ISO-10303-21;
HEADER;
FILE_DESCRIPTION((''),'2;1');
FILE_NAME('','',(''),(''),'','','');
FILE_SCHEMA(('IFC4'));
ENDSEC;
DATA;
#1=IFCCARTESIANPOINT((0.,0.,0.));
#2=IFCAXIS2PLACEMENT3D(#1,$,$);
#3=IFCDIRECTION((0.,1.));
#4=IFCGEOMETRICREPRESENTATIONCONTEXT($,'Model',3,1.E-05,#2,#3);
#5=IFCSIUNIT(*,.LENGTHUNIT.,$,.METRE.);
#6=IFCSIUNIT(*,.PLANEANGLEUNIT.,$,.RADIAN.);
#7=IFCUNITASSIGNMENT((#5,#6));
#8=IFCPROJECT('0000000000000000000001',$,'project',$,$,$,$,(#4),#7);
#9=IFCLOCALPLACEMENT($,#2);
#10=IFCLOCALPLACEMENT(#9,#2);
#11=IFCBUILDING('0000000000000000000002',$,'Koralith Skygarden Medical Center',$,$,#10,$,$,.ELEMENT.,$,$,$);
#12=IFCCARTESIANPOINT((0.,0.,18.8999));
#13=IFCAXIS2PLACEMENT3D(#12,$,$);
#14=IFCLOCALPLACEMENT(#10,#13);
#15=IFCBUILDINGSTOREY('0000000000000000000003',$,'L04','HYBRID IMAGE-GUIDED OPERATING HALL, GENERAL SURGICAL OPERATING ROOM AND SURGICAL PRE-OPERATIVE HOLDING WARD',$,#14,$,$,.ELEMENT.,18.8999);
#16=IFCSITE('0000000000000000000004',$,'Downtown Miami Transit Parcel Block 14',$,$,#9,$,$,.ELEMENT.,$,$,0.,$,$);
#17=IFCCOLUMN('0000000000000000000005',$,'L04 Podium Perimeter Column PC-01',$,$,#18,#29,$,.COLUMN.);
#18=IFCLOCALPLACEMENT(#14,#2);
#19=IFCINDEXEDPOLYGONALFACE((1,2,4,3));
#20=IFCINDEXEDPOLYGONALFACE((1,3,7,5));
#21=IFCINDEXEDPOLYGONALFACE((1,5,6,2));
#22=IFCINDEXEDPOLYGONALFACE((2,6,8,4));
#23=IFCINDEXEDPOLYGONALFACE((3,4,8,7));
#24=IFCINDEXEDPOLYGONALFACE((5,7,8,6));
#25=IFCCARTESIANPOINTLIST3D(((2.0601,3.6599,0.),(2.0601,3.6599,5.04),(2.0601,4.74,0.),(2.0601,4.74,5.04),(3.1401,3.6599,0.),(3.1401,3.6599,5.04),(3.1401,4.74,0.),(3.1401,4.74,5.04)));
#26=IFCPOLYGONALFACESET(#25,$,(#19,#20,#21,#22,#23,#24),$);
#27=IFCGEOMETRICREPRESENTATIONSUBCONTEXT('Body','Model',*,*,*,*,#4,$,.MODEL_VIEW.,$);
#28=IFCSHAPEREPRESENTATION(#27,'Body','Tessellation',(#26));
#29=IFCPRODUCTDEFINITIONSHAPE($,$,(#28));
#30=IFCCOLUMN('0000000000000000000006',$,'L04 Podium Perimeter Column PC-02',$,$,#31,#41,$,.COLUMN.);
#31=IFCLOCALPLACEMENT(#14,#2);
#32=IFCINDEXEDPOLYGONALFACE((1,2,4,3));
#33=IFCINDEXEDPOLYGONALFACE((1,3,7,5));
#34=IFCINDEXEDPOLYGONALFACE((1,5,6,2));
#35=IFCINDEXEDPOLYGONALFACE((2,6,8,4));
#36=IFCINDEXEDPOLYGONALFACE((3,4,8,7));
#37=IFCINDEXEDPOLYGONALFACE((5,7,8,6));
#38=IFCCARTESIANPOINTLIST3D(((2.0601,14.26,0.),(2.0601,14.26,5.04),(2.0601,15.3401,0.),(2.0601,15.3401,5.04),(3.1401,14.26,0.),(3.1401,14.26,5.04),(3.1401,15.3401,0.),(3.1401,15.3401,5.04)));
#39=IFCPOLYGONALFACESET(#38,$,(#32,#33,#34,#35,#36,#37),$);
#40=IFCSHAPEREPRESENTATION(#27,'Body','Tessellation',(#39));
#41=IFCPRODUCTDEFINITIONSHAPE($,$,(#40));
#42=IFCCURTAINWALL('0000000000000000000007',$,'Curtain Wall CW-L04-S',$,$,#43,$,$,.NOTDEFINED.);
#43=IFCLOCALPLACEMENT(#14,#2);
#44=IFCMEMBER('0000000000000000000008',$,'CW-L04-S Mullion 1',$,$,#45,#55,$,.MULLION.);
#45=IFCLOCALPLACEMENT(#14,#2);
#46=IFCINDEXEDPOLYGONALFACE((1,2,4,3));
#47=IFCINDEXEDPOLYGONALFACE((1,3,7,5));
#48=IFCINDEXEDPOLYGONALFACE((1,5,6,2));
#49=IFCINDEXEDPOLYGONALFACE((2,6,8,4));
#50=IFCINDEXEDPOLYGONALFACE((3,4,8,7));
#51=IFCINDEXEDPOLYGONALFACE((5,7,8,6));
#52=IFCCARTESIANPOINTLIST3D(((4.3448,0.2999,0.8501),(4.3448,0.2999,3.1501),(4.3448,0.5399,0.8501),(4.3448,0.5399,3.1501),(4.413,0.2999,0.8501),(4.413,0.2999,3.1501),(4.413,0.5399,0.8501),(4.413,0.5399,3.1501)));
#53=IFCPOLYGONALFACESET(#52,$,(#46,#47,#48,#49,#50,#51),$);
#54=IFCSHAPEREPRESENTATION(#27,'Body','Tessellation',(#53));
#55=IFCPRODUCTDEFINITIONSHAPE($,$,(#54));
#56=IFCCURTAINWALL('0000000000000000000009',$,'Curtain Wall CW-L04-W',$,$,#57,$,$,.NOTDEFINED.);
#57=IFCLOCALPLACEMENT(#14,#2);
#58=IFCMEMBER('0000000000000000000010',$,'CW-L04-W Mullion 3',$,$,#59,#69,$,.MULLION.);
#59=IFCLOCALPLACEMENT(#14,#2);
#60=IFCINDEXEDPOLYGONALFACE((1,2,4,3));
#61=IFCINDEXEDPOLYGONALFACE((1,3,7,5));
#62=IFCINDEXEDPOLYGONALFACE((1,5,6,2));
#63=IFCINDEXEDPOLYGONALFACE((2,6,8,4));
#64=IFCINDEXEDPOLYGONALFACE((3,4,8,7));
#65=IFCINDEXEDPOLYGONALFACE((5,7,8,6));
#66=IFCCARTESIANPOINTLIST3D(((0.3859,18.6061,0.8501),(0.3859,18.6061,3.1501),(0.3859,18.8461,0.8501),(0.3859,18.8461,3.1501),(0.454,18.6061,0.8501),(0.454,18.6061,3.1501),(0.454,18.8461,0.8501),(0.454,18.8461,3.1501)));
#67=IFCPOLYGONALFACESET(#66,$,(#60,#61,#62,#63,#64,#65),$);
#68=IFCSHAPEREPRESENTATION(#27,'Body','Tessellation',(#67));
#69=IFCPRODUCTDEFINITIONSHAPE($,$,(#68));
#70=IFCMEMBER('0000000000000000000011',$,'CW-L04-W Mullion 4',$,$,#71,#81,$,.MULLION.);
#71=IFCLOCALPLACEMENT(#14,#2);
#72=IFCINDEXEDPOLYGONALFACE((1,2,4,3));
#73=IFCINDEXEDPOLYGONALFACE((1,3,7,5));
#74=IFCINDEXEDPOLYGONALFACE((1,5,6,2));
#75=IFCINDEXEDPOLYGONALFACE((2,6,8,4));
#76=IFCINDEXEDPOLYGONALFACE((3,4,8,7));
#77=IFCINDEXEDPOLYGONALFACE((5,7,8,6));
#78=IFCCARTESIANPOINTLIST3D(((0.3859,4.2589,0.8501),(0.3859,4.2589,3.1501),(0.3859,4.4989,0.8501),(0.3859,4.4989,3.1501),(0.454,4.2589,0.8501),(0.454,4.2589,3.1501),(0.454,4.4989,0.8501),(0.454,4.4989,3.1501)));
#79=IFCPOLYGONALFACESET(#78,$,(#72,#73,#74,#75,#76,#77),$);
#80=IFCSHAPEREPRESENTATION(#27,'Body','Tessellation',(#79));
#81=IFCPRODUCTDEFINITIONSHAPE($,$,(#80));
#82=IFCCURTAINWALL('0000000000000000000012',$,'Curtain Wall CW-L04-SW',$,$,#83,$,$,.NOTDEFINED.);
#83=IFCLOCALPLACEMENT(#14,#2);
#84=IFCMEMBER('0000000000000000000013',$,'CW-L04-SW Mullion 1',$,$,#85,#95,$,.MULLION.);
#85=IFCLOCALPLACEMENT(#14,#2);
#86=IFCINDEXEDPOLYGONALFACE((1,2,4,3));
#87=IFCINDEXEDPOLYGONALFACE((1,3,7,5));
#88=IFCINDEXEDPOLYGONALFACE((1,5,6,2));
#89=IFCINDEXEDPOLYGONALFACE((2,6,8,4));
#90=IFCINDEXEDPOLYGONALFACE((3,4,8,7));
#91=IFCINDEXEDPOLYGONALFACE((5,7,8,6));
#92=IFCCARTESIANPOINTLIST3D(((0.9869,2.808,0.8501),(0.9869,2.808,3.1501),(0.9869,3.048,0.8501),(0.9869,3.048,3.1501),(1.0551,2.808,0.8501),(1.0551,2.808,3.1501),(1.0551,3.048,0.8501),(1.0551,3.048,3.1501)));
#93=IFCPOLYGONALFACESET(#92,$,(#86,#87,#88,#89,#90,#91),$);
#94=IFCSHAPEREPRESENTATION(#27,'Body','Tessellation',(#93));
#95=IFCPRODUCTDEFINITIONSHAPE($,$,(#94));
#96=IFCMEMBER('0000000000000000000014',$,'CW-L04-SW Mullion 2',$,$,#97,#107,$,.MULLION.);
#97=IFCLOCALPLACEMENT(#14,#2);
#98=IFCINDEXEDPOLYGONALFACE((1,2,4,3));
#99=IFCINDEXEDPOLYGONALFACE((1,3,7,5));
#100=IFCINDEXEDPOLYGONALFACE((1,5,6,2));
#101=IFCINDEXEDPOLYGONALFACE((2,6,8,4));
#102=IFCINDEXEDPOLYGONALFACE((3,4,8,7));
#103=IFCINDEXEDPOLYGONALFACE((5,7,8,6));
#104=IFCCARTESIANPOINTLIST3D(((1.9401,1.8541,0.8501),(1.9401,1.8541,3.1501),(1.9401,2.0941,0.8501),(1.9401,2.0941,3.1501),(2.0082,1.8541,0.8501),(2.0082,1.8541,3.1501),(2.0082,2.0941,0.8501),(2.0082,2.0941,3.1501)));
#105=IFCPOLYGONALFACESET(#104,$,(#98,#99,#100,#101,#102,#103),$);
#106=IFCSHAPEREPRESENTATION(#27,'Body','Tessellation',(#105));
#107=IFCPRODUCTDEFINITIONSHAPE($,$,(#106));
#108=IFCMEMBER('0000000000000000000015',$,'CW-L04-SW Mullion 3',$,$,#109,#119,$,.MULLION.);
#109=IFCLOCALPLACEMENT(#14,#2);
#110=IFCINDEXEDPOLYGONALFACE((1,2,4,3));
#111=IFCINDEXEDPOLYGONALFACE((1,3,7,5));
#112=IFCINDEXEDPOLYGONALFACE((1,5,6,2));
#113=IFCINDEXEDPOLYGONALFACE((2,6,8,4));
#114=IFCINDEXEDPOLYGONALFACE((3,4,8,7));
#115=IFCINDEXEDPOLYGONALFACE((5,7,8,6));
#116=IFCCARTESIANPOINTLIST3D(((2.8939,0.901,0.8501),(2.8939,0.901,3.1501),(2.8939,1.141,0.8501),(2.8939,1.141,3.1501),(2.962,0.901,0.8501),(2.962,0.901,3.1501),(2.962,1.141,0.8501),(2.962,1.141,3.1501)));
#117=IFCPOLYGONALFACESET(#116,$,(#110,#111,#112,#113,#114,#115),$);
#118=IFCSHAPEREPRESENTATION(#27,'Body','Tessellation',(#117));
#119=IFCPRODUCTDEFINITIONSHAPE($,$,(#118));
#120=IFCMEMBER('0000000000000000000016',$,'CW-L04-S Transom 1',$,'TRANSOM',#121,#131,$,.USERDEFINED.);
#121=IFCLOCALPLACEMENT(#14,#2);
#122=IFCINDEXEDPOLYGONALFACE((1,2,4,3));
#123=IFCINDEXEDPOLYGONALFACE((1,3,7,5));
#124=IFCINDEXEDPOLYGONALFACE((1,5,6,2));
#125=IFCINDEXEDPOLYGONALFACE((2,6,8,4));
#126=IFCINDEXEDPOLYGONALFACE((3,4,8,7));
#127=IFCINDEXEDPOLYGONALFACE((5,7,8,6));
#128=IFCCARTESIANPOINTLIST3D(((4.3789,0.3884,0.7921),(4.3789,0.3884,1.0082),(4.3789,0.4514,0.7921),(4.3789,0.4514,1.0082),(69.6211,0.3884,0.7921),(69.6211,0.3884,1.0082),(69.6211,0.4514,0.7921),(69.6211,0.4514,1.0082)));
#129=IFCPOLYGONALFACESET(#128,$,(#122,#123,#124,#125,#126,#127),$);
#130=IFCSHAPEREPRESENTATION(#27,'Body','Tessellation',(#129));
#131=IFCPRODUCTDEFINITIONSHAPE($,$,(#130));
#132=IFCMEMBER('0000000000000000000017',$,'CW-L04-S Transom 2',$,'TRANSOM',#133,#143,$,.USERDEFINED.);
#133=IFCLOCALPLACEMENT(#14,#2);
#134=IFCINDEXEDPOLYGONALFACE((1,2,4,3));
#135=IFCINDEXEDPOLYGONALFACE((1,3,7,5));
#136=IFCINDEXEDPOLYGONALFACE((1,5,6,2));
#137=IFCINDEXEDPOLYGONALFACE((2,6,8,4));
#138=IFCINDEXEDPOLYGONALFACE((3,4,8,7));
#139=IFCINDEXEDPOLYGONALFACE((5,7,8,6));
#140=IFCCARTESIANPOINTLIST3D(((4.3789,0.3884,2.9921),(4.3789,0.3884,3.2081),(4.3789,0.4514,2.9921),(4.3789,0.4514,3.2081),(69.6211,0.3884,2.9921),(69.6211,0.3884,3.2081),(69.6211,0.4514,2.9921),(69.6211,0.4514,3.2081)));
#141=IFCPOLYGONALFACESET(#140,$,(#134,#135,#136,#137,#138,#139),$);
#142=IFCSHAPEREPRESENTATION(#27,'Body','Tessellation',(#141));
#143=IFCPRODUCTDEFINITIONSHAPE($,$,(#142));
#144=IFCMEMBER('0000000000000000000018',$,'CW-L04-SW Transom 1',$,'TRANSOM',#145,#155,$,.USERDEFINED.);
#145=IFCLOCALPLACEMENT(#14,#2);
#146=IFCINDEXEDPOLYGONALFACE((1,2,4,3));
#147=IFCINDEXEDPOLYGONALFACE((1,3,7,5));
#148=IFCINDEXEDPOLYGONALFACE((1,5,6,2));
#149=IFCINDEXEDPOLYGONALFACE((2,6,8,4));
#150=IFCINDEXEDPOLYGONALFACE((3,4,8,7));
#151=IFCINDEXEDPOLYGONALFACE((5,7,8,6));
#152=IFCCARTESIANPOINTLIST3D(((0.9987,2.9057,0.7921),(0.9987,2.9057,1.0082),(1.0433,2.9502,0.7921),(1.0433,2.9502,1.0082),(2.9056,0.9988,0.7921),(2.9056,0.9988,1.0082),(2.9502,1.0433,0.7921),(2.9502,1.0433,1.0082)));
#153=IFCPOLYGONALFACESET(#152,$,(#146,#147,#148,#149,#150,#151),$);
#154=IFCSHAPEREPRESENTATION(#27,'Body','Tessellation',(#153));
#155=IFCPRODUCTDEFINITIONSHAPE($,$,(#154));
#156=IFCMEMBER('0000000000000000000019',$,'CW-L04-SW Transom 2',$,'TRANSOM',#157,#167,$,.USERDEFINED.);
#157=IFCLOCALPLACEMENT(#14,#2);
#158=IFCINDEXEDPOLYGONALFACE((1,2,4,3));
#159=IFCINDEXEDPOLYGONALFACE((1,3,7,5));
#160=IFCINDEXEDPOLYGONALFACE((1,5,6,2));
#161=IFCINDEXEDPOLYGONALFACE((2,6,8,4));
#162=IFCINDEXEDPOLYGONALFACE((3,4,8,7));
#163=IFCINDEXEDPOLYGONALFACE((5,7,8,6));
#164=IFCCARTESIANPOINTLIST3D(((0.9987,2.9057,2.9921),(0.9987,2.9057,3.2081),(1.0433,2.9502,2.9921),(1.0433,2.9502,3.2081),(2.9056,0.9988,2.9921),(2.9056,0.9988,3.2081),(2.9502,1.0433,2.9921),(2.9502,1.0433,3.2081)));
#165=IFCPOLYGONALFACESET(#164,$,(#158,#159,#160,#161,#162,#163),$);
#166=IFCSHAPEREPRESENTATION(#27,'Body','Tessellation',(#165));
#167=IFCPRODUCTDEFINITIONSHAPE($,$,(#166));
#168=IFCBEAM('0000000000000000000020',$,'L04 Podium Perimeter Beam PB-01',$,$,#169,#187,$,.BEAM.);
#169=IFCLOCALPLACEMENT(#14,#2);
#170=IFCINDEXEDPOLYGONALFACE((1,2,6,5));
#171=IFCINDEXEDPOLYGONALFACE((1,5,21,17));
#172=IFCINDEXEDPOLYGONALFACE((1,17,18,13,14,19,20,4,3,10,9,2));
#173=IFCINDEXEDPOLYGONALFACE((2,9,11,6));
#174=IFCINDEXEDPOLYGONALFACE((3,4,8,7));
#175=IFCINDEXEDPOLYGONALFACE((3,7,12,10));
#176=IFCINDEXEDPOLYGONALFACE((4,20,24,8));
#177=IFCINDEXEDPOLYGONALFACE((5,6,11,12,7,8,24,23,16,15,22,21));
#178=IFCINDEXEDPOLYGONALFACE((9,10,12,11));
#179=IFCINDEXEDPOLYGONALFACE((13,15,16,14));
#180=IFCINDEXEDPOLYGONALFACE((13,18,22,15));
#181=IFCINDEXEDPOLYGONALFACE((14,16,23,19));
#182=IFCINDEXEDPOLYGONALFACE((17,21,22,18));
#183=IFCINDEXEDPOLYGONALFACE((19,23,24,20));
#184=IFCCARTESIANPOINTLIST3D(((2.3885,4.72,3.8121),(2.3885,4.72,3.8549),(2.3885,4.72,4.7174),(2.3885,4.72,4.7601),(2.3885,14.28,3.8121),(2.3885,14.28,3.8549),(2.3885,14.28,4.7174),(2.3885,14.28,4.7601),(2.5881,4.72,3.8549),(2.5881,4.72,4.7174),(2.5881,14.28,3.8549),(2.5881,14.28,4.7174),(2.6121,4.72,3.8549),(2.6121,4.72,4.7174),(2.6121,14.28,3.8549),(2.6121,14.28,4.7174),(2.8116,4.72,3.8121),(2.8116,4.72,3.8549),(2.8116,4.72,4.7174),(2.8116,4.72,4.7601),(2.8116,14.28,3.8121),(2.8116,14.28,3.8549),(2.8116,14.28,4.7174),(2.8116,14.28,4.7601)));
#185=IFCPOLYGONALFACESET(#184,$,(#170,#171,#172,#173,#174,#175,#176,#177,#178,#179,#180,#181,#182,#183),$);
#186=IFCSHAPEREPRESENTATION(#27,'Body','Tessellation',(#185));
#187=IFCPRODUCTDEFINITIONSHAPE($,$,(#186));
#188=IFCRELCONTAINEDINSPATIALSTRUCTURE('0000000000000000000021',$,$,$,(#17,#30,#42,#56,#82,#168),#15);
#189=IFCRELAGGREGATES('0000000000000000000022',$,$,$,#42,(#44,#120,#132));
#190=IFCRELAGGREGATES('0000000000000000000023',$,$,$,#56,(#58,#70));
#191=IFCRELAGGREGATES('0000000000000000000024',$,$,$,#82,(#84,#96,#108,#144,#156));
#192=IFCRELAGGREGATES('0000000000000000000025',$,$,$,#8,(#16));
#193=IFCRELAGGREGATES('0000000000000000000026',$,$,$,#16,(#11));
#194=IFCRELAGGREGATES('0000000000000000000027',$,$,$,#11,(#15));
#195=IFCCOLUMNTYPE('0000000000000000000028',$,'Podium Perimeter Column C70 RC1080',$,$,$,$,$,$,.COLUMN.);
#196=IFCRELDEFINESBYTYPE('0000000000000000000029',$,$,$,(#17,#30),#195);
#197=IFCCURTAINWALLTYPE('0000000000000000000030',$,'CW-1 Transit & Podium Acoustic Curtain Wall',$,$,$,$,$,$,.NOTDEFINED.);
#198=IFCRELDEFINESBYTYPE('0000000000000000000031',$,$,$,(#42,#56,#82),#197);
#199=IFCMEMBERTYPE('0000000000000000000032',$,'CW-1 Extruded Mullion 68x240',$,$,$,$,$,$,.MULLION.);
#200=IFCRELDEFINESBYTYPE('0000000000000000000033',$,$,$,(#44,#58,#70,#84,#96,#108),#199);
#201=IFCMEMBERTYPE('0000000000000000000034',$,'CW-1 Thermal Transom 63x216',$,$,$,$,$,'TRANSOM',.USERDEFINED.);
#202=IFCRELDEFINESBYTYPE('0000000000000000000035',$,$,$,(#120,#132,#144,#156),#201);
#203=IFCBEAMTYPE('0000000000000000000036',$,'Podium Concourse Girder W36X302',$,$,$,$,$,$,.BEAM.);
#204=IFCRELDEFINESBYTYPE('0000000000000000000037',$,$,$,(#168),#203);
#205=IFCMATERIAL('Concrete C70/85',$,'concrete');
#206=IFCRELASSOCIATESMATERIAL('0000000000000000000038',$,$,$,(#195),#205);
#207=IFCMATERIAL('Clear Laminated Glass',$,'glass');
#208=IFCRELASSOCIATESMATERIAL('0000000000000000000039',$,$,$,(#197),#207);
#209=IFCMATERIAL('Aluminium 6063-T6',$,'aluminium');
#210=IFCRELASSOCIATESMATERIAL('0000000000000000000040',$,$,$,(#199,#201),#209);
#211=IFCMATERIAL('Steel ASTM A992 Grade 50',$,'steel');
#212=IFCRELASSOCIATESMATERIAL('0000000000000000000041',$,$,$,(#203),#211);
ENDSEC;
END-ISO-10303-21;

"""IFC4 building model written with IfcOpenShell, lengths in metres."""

from ifc_helpers import new_model, si_unit, direction, frame, origin, origin_2d, place, context, subcontext, project, spatial, rectangle, i_section, extrude, material, material_profile, profile_set, type_object, element, aggregate, save


model = new_model("IFC4")

# Units and contexts
model_context = context("Model", 3, precision=1e-05, world=origin(), true_north=direction((0.0, 1.0)))
body_context = subcontext(model_context, "Body", "Model", "MODEL_VIEW")
ifc_project = project(units=[si_unit("LENGTHUNIT", "METRE"), si_unit("PLANEANGLEUNIT", "RADIAN")], contexts=[model_context])

# Site, building, storey
site_placement = place(None, origin())
site = spatial("IfcSite", under=ifc_project, at=site_placement, Name="Downtown Miami Transit Parcel Block 14", CompositionType="ELEMENT", RefElevation=0.0)
building_placement = place(site_placement, origin())
building = spatial("IfcBuilding", under=site, at=building_placement, Name="Koralith Skygarden Medical Center", CompositionType="ELEMENT")
storey_placement = place(building_placement, frame((0.0, 0.0, 18.8999)))
storey = spatial("IfcBuildingStorey", under=building, at=storey_placement, Name="L04", Description="HYBRID IMAGE-GUIDED OPERATING HALL, GENERAL SURGICAL OPERATING ROOM AND SURGICAL PRE-OPERATIVE HOLDING WARD", CompositionType="ELEMENT", Elevation=18.8999)

# Columns
ifc_material_1 = material(Name="Concrete C70/85", Category="concrete")
ifc_material_profile_1 = material_profile(ifc_material_1, rectangle(XDim=1.0801, YDim=1.0801, at=origin_2d()), Name="RC1080X1080")
ifc_profile_set_1 = profile_set([ifc_material_profile_1], Name="Concrete C70/85")
column_type = type_object("IfcColumnType", Name="Podium Perimeter Column C70 RC1080", PredefinedType="COLUMN", material=ifc_profile_set_1)
for number, where, z_axis, x_axis, name in (
    (1, (2.6001, 4.2, 0.0), (0.0, 0.0, 1.0), (1.0, 0.0, 0.0), "L04 Podium Perimeter Column PC-01"),
    (2, (2.6001, 14.8, 0.0), (0.0, 0.0, 1.0), (1.0, 0.0, 0.0), "L04 Podium Perimeter Column PC-02"),
):
    element("IfcColumn", number, at=place(storey_placement, frame(where, z_axis=z_axis, x_axis=x_axis)), inside=storey, type_object=column_type, Name=name, PredefinedType="COLUMN", context=body_context, shape_type="SweptSolid", body=[
        extrude(rectangle(XDim=1.0801, YDim=1.0801, at=origin_2d()), origin(), (0.0, 0.0, 1.0), 5.04),
    ])

# Curtain wall, member
ifc_material_2 = material(Name="Clear Laminated Glass", Category="glass")
curtain_wall_type = type_object("IfcCurtainWallType", Name="CW-1 Transit & Podium Acoustic Curtain Wall", PredefinedType="NOTDEFINED", material=ifc_material_2)
curtain_wall_1_placement = place(storey_placement, origin())
curtain_wall_1 = element("IfcCurtainWall", 3, at=curtain_wall_1_placement, inside=storey, type_object=curtain_wall_type, Name="Curtain Wall CW-L04-S", PredefinedType="NOTDEFINED")
ifc_material_3 = material(Name="Aluminium 6063-T6", Category="aluminium")
ifc_material_profile_2 = material_profile(ifc_material_3, rectangle(XDim=0.0681, YDim=0.24, at=origin_2d()), Name="MUL68X240")
ifc_profile_set_2 = profile_set([ifc_material_profile_2], Name="Aluminium 6063-T6")
member_type_1 = type_object("IfcMemberType", Name="CW-1 Extruded Mullion 68x240", PredefinedType="MULLION", material=ifc_profile_set_2)
member_1_placement = place(storey_placement, frame((4.3789, 0.4199, 0.8501), z_axis=(0.0, 0.0, 1.0), x_axis=(1.0, 0.0, 0.0)))
member_1 = element("IfcMember", 4, at=member_1_placement, type_object=member_type_1, Name="CW-L04-S Mullion 1", PredefinedType="MULLION", context=body_context, shape_type="SweptSolid", body=[
    extrude(rectangle(XDim=0.0681, YDim=0.24, at=origin_2d()), origin(), (0.0, 0.0, 1.0), 2.3),
])

# Curtain walls, members
curtain_wall_2_placement = place(storey_placement, origin())
curtain_wall_2 = element("IfcCurtainWall", 5, at=curtain_wall_2_placement, inside=storey, type_object=curtain_wall_type, Name="Curtain Wall CW-L04-W", PredefinedType="NOTDEFINED")
member_2_placement = place(storey_placement, frame((0.4199, 18.7261, 0.8501), z_axis=(0.0, 0.0, 1.0), x_axis=(1.0, 0.0, 0.0)))
member_2 = element("IfcMember", 6, at=member_2_placement, type_object=member_type_1, Name="CW-L04-W Mullion 3", PredefinedType="MULLION", context=body_context, shape_type="SweptSolid", body=[
    extrude(rectangle(XDim=0.0681, YDim=0.24, at=origin_2d()), origin(), (0.0, 0.0, 1.0), 2.3),
])
member_3_placement = place(storey_placement, frame((0.4199, 4.3789, 0.8501), z_axis=(0.0, 0.0, 1.0), x_axis=(1.0, 0.0, 0.0)))
member_3 = element("IfcMember", 7, at=member_3_placement, type_object=member_type_1, Name="CW-L04-W Mullion 4", PredefinedType="MULLION", context=body_context, shape_type="SweptSolid", body=[
    extrude(rectangle(XDim=0.0681, YDim=0.24, at=origin_2d()), origin(), (0.0, 0.0, 1.0), 2.3),
])
curtain_wall_3_placement = place(storey_placement, origin())
curtain_wall_3 = element("IfcCurtainWall", 8, at=curtain_wall_3_placement, inside=storey, type_object=curtain_wall_type, Name="Curtain Wall CW-L04-SW", PredefinedType="NOTDEFINED")
member_4_placement = place(storey_placement, frame((1.021, 2.928, 0.8501), z_axis=(0.0, 0.0, 1.0), x_axis=(1.0, 0.0, 0.0)))
member_4 = element("IfcMember", 9, at=member_4_placement, type_object=member_type_1, Name="CW-L04-SW Mullion 1", PredefinedType="MULLION", context=body_context, shape_type="SweptSolid", body=[
    extrude(rectangle(XDim=0.0681, YDim=0.24, at=origin_2d()), origin(), (0.0, 0.0, 1.0), 2.3),
])
member_5_placement = place(storey_placement, frame((1.9741, 1.9741, 0.8501), z_axis=(0.0, 0.0, 1.0), x_axis=(1.0, 0.0, 0.0)))
member_5 = element("IfcMember", 10, at=member_5_placement, type_object=member_type_1, Name="CW-L04-SW Mullion 2", PredefinedType="MULLION", context=body_context, shape_type="SweptSolid", body=[
    extrude(rectangle(XDim=0.0681, YDim=0.24, at=origin_2d()), origin(), (0.0, 0.0, 1.0), 2.3),
])
member_6_placement = place(storey_placement, frame((2.928, 1.021, 0.8501), z_axis=(0.0, 0.0, 1.0), x_axis=(1.0, 0.0, 0.0)))
member_6 = element("IfcMember", 11, at=member_6_placement, type_object=member_type_1, Name="CW-L04-SW Mullion 3", PredefinedType="MULLION", context=body_context, shape_type="SweptSolid", body=[
    extrude(rectangle(XDim=0.0681, YDim=0.24, at=origin_2d()), origin(), (0.0, 0.0, 1.0), 2.3),
])

# Members
ifc_material_profile_3 = material_profile(ifc_material_3, rectangle(XDim=0.063, YDim=0.2161, at=origin_2d()), Name="TRN63X216")
ifc_profile_set_3 = profile_set([ifc_material_profile_3], Name="Aluminium 6063-T6")
member_type_2 = type_object("IfcMemberType", Name="CW-1 Thermal Transom 63x216", ElementType="TRANSOM", PredefinedType="USERDEFINED", material=ifc_profile_set_3)
member_7_placement = place(storey_placement, frame((4.3789, 0.4199, 0.9001), z_axis=(1.0, 0.0, 0.0), x_axis=(0.0, 1.0, 0.0)))
member_7 = element("IfcMember", 12, at=member_7_placement, type_object=member_type_2, Name="CW-L04-S Transom 1", ObjectType="TRANSOM", PredefinedType="USERDEFINED", context=body_context, shape_type="SweptSolid", body=[
    extrude(rectangle(XDim=0.063, YDim=0.2161, at=origin_2d()), origin(), (0.0, 0.0, 1.0), 65.2422),
])
member_8_placement = place(storey_placement, frame((4.3789, 0.4199, 3.1001), z_axis=(1.0, 0.0, 0.0), x_axis=(0.0, 1.0, 0.0)))
member_8 = element("IfcMember", 13, at=member_8_placement, type_object=member_type_2, Name="CW-L04-S Transom 2", ObjectType="TRANSOM", PredefinedType="USERDEFINED", context=body_context, shape_type="SweptSolid", body=[
    extrude(rectangle(XDim=0.063, YDim=0.2161, at=origin_2d()), origin(), (0.0, 0.0, 1.0), 65.2422),
])
aggregate(curtain_wall_1, [member_1, member_7, member_8])
member_9_placement = place(storey_placement, frame((1.021, 2.928, 0.9001), z_axis=(0.707107, -0.707107, 0.0), x_axis=(0.707107, 0.707107, 0.0)))
member_9 = element("IfcMember", 14, at=member_9_placement, type_object=member_type_2, Name="CW-L04-SW Transom 1", ObjectType="TRANSOM", PredefinedType="USERDEFINED", context=body_context, shape_type="SweptSolid", body=[
    extrude(rectangle(XDim=0.063, YDim=0.2161, at=origin_2d()), origin(), (0.0, 0.0, 1.0), 2.6968),
])
member_10_placement = place(storey_placement, frame((1.021, 2.928, 3.1001), z_axis=(0.707107, -0.707107, 0.0), x_axis=(0.707107, 0.707107, 0.0)))
member_10 = element("IfcMember", 15, at=member_10_placement, type_object=member_type_2, Name="CW-L04-SW Transom 2", ObjectType="TRANSOM", PredefinedType="USERDEFINED", context=body_context, shape_type="SweptSolid", body=[
    extrude(rectangle(XDim=0.063, YDim=0.2161, at=origin_2d()), origin(), (0.0, 0.0, 1.0), 2.6968),
])

# Beam
ifc_material_4 = material(Name="Steel ASTM A992 Grade 50", Category="steel")
ifc_material_profile_4 = material_profile(ifc_material_4, i_section(OverallWidth=0.4231, OverallDepth=0.948, WebThickness=0.0239, FlangeThickness=0.0427, at=origin_2d()), Name="W36X302")
ifc_profile_set_4 = profile_set([ifc_material_profile_4], Name="Steel ASTM A992 Grade 50")
beam_type = type_object("IfcBeamType", Name="Podium Concourse Girder W36X302", PredefinedType="BEAM", material=ifc_profile_set_4)
beam_1_placement = place(storey_placement, frame((2.6001, 14.28, 4.2861), z_axis=(0.0, -1.0, 0.0), x_axis=(1.0, 0.0, 0.0)))
element("IfcBeam", 16, at=beam_1_placement, inside=storey, type_object=beam_type, Name="L04 Podium Perimeter Beam PB-01", PredefinedType="BEAM", context=body_context, shape_type="SweptSolid", body=[
    extrude(i_section(OverallWidth=0.4231, OverallDepth=0.948, WebThickness=0.0239, FlangeThickness=0.0427, at=origin_2d()), origin(), (0.0, 0.0, 1.0), 9.5601),
])

aggregate(curtain_wall_2, [member_2, member_3])
aggregate(curtain_wall_3, [member_4, member_5, member_6, member_9, member_10])

save(model, "model.ifc")
